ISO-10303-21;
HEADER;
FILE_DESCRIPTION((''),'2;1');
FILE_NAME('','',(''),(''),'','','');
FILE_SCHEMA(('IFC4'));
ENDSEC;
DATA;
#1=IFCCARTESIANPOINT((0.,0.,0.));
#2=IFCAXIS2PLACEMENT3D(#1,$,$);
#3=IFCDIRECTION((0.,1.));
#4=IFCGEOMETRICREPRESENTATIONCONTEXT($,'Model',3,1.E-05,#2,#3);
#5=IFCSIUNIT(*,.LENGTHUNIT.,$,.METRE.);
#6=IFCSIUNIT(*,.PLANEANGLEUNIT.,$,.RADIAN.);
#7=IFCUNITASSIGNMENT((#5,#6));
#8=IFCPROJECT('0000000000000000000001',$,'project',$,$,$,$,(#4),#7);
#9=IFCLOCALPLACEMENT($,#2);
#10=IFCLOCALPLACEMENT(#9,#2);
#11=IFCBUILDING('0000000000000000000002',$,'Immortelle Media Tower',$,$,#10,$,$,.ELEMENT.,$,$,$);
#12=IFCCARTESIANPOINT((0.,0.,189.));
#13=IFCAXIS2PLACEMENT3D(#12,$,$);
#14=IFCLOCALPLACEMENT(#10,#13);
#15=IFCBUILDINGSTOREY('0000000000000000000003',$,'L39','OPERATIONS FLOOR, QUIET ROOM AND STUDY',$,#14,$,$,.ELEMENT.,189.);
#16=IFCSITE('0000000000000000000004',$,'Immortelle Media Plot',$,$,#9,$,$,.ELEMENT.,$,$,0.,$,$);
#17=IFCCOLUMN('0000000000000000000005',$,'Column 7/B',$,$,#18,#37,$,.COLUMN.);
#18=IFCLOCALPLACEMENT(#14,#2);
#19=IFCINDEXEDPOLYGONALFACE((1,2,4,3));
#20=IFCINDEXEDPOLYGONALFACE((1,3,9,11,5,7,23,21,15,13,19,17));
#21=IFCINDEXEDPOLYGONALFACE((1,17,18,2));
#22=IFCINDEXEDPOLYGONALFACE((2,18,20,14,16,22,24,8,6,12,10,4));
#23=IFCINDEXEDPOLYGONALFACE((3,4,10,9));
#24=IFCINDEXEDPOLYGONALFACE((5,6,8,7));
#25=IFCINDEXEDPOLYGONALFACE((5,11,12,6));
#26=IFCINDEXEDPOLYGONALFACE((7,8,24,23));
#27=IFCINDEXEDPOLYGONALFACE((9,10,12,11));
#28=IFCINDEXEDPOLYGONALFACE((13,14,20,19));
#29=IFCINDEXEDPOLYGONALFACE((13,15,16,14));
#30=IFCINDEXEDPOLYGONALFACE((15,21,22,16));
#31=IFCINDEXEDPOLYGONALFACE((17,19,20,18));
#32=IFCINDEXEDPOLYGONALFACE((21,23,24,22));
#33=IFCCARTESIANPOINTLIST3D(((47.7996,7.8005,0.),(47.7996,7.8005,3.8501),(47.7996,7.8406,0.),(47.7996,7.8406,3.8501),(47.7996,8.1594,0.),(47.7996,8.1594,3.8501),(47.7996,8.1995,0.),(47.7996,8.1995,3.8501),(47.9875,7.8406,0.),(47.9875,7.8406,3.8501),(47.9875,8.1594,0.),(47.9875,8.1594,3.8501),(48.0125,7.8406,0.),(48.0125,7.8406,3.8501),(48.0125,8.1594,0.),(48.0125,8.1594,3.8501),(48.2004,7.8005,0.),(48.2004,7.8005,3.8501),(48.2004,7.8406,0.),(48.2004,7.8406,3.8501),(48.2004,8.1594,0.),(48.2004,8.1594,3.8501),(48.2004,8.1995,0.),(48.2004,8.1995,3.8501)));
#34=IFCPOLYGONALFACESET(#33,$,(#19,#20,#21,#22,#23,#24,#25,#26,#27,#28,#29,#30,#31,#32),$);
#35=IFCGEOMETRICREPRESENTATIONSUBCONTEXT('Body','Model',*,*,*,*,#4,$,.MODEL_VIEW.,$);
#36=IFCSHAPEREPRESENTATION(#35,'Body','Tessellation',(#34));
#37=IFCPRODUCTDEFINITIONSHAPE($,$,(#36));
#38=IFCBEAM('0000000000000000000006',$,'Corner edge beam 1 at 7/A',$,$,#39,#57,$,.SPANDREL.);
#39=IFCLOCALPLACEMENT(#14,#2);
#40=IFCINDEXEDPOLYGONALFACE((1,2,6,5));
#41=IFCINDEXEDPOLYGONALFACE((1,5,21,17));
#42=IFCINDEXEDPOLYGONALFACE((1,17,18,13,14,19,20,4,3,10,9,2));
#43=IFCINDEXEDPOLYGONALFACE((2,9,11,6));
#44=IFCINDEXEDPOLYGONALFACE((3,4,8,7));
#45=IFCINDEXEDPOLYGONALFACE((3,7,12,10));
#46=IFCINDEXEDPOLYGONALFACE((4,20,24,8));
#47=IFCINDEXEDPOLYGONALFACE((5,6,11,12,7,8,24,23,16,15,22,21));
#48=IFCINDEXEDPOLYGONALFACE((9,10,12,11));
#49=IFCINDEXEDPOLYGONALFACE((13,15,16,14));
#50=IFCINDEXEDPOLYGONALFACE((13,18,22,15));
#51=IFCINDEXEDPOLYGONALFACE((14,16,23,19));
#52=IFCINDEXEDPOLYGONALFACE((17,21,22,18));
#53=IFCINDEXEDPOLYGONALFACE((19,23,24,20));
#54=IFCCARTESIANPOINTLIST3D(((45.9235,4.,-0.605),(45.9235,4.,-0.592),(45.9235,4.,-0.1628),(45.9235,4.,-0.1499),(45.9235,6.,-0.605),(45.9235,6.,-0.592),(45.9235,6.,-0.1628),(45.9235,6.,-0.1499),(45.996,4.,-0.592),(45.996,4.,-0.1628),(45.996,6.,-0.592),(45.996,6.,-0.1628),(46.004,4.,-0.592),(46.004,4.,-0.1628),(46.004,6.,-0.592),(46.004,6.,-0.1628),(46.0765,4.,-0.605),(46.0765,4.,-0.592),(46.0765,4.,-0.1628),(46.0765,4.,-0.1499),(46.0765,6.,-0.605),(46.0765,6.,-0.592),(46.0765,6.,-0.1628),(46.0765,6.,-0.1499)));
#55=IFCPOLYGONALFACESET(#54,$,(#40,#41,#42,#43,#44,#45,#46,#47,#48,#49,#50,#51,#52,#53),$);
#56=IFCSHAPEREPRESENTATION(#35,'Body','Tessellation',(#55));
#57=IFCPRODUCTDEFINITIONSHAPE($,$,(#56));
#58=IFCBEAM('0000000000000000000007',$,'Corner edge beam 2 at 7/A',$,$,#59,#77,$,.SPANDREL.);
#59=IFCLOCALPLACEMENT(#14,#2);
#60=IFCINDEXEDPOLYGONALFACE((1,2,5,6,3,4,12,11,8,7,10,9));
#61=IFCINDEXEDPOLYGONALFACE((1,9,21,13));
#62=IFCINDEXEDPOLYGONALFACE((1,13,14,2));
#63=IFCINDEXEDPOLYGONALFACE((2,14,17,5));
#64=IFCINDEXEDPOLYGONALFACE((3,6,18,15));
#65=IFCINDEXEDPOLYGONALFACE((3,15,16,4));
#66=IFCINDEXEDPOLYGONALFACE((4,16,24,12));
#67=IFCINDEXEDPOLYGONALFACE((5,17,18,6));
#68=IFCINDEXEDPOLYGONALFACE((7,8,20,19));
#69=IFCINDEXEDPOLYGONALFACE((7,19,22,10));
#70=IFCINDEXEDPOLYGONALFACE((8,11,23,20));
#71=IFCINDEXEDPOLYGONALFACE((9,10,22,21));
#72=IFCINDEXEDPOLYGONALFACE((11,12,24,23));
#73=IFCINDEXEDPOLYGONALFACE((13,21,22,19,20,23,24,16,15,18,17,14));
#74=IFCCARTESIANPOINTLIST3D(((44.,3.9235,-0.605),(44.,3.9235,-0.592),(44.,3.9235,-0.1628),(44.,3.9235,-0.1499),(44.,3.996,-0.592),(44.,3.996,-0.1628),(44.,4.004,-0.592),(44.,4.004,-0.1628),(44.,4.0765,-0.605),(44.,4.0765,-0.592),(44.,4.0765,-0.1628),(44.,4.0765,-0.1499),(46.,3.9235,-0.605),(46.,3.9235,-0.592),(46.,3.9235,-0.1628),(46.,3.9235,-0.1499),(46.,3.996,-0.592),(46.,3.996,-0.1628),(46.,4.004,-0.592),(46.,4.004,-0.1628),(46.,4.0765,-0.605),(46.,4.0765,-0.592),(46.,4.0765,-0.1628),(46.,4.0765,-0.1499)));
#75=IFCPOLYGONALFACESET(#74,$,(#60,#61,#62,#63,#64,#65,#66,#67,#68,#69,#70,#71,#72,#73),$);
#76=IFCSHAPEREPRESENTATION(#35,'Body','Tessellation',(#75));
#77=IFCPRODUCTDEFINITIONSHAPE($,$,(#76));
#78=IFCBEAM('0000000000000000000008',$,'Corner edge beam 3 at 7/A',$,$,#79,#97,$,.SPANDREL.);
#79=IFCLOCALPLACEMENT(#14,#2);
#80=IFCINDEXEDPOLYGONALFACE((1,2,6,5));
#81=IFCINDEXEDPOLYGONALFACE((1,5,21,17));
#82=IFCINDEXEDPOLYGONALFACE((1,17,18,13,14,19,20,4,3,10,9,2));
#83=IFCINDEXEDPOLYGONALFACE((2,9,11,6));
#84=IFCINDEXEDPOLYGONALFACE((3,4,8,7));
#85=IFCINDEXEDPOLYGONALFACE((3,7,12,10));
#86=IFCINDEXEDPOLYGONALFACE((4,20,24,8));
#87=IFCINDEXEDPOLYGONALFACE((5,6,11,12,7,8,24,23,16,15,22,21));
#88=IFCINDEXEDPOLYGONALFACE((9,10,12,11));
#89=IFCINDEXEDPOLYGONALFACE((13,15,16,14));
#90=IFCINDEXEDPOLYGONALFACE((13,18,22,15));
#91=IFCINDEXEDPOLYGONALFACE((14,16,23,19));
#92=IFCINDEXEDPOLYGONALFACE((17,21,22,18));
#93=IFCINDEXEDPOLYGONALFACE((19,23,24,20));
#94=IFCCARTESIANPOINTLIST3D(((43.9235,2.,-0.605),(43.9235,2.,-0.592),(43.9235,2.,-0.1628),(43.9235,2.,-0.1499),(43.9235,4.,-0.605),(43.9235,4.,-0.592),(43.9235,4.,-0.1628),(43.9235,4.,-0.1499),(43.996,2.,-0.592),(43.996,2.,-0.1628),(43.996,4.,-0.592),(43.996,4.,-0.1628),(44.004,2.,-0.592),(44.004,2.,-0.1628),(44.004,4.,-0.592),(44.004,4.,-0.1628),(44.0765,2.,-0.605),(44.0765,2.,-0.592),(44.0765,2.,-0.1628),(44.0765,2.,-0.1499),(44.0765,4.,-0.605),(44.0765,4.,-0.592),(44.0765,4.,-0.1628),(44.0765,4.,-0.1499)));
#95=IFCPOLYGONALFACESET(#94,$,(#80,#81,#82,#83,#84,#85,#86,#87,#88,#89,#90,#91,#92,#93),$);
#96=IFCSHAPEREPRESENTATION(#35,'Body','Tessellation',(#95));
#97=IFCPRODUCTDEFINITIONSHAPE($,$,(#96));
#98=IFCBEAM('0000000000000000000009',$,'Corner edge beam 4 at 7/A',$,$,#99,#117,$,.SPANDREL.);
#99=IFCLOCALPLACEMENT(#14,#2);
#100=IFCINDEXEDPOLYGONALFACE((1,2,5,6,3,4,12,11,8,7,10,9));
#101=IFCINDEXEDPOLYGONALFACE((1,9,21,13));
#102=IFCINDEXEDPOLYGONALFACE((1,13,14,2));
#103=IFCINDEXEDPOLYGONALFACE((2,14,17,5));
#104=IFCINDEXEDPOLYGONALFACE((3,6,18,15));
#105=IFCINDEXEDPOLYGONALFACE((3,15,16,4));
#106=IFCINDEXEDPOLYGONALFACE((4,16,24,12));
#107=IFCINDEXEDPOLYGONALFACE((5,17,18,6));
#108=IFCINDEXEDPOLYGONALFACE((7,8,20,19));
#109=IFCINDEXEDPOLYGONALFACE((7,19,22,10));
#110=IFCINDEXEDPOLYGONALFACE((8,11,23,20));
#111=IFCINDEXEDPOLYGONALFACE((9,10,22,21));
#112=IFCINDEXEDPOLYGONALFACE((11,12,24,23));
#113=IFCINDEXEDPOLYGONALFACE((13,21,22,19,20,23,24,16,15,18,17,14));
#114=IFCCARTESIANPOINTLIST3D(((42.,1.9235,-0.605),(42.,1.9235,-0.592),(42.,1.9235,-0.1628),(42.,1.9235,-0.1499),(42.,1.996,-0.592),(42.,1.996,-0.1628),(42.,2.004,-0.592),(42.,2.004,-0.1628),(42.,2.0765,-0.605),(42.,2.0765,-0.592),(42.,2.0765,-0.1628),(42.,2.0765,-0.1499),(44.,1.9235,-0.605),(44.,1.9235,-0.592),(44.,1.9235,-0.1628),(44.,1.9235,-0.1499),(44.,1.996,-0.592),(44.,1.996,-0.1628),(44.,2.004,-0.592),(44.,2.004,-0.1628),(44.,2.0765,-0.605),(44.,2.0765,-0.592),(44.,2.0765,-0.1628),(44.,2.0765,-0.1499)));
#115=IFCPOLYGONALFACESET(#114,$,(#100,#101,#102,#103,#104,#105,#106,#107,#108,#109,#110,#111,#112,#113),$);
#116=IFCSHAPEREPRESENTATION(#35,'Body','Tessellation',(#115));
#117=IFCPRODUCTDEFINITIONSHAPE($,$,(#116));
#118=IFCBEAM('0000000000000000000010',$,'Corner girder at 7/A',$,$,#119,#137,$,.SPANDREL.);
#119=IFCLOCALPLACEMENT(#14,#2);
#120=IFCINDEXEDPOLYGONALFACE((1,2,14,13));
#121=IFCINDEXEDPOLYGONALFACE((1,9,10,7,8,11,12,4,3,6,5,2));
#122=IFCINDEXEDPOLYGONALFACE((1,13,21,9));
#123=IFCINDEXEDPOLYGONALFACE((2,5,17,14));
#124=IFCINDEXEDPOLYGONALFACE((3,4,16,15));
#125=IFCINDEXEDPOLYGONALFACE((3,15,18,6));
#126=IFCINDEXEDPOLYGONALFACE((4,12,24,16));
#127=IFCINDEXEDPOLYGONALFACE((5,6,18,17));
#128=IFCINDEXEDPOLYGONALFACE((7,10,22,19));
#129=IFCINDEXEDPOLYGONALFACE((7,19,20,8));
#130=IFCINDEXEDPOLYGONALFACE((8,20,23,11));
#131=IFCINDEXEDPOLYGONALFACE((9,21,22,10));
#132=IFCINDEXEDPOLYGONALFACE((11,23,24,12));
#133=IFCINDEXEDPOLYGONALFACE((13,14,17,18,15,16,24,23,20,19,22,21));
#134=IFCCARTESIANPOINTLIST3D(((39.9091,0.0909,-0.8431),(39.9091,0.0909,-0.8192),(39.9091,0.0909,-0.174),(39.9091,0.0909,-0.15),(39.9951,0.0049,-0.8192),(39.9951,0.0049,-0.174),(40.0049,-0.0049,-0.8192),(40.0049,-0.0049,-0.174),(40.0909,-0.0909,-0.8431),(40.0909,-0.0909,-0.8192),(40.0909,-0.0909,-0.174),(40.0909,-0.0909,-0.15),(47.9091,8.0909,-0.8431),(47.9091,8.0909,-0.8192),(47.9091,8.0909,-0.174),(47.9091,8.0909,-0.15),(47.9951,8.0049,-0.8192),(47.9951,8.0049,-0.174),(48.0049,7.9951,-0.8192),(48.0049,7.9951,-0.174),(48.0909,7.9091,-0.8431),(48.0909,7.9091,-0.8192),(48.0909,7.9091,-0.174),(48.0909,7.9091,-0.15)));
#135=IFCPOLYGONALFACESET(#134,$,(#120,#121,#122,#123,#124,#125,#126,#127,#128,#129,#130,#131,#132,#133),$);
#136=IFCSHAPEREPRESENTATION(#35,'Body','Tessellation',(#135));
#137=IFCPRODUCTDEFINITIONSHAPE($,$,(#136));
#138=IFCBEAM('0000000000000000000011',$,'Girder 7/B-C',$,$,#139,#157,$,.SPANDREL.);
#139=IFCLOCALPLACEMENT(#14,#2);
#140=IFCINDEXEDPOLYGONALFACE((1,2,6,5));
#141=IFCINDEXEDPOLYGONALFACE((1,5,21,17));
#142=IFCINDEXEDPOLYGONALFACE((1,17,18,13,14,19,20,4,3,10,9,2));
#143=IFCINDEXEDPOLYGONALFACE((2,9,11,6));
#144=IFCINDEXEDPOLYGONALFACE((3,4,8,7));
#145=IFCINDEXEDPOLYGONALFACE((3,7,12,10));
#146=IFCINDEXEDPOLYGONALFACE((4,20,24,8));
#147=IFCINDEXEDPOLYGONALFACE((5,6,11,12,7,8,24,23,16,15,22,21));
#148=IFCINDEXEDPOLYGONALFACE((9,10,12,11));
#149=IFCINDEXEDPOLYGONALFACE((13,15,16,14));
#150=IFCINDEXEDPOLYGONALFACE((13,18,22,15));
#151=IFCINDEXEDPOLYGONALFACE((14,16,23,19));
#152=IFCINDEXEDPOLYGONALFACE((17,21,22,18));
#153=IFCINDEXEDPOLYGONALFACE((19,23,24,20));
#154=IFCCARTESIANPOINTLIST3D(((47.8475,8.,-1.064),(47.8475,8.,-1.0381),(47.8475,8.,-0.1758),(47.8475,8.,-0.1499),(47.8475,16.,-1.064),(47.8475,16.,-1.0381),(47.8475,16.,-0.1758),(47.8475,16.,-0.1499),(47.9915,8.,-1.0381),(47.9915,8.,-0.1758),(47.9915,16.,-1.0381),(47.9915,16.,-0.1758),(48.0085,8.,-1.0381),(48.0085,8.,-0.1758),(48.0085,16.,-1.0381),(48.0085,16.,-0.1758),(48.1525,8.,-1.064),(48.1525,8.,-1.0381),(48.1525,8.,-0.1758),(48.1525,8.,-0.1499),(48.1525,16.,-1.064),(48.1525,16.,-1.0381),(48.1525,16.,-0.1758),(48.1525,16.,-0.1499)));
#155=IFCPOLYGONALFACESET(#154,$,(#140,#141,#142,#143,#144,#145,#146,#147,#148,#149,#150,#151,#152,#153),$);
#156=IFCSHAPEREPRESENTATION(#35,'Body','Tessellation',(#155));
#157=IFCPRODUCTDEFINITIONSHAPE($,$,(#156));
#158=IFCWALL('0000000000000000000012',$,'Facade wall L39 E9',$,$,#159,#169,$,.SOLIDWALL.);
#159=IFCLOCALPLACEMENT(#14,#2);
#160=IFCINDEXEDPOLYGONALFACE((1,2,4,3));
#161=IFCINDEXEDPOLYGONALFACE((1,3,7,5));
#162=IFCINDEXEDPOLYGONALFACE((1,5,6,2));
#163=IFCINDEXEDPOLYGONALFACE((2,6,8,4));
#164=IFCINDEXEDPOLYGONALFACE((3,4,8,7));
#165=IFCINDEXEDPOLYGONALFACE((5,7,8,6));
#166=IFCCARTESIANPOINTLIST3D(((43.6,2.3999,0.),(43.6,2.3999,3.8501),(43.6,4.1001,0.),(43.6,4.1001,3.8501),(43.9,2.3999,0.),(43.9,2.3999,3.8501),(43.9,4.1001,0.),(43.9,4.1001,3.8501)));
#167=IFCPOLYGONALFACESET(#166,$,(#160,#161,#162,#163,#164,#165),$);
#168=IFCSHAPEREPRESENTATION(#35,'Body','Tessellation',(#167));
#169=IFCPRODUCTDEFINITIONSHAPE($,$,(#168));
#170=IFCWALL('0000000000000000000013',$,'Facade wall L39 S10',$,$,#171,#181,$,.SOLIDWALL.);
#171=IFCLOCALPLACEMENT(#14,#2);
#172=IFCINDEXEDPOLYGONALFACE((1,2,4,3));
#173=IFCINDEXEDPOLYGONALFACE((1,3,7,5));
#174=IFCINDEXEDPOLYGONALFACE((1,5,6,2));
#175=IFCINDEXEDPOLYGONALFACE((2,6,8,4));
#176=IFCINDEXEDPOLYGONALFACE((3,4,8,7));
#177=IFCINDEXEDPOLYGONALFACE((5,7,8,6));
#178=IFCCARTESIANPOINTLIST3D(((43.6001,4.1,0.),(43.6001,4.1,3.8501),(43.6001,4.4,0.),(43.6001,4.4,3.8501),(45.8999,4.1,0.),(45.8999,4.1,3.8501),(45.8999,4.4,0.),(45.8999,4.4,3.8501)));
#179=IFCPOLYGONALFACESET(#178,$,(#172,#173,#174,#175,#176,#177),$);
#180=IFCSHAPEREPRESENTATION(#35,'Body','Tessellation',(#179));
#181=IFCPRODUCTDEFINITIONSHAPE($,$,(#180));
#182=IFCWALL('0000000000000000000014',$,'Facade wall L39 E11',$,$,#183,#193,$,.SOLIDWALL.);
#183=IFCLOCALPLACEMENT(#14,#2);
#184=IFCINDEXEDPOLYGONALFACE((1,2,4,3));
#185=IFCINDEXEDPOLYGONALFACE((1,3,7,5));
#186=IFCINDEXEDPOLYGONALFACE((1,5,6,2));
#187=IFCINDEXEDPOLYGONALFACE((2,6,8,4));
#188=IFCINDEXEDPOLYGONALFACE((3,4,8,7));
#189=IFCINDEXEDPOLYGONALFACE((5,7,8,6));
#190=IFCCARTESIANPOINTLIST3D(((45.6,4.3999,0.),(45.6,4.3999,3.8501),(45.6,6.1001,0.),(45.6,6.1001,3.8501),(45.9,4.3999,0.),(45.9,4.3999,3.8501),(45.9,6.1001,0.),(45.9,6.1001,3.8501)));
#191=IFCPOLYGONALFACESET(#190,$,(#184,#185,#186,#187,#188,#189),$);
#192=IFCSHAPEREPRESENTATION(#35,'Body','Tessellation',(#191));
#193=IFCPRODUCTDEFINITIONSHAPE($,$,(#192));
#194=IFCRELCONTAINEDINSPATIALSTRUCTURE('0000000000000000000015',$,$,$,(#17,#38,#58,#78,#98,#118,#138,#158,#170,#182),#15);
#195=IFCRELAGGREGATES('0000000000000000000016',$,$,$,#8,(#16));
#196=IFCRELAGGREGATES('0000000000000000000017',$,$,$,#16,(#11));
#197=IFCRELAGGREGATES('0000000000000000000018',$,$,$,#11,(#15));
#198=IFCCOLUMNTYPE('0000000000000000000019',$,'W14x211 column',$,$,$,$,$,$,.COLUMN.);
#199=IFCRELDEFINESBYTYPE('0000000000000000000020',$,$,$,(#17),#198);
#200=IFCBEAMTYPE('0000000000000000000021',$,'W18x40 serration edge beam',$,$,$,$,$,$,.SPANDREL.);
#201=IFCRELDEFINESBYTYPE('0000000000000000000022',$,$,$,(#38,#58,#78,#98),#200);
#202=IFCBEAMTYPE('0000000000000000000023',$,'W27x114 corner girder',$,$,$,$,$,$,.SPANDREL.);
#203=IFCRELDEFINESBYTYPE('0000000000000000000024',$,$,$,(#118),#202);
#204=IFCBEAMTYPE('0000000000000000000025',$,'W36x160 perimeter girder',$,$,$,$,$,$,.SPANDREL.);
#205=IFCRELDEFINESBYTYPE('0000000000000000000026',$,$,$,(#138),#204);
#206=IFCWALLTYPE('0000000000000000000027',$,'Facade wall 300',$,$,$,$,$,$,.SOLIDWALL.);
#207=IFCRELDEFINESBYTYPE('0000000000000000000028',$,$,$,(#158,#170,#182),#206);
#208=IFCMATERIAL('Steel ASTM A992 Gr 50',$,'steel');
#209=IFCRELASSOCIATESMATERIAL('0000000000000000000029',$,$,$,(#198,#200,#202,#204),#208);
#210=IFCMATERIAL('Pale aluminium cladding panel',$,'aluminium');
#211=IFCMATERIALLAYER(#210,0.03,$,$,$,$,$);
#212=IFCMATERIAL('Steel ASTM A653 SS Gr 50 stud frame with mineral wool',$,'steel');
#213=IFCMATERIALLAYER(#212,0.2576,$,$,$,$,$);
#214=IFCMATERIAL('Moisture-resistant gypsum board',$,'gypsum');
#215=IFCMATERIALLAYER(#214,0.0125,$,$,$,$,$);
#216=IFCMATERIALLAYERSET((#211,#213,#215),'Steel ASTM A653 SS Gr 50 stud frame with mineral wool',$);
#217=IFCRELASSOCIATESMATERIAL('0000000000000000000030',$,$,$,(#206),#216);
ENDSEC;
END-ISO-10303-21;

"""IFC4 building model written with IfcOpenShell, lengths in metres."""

from ifc_helpers import new_model, si_unit, direction, frame, frame_2d, origin, origin_2d, place, context, subcontext, project, spatial, rectangle, i_section, extrude, material, layer, layer_set, material_profile, profile_set, type_object, element, save


model = new_model("IFC4")

# Units and contexts
model_context = context("Model", 3, precision=1e-05, world=origin(), true_north=direction((0.0, 1.0)))
body_context = subcontext(model_context, "Body", "Model", "MODEL_VIEW")
ifc_project = project(units=[si_unit("LENGTHUNIT", "METRE"), si_unit("PLANEANGLEUNIT", "RADIAN")], contexts=[model_context])

# Site, building, storey
site_placement = place(None, origin())
site = spatial("IfcSite", under=ifc_project, at=site_placement, Name="Immortelle Media Plot", CompositionType="ELEMENT", RefElevation=0.0)
building_placement = place(site_placement, origin())
building = spatial("IfcBuilding", under=site, at=building_placement, Name="Immortelle Media Tower", CompositionType="ELEMENT")
storey_placement = place(building_placement, frame((0.0, 0.0, 189.0)))
storey = spatial("IfcBuildingStorey", under=building, at=storey_placement, Name="L39", Description="OPERATIONS FLOOR, QUIET ROOM AND STUDY", CompositionType="ELEMENT", Elevation=189.0)

# Column
ifc_material_1 = material(Name="Steel ASTM A992 Gr 50", Category="steel")
ifc_material_profile_1 = material_profile(ifc_material_1, i_section(OverallWidth=0.4009, OverallDepth=0.3989, WebThickness=0.0249, FlangeThickness=0.04, at=origin_2d()), Name="W14x211")
ifc_profile_set_1 = profile_set([ifc_material_profile_1], Name="Steel ASTM A992 Gr 50")
column_type = type_object("IfcColumnType", Name="W14x211 column", PredefinedType="COLUMN", material=ifc_profile_set_1)
column_placement = place(storey_placement, frame((48.0, 8.0, 0.0), z_axis=(0.0, 0.0, 1.0), x_axis=(1.0, 0.0, 0.0)))
element("IfcColumn", 1, at=column_placement, inside=storey, type_object=column_type, Name="Column 7/B", PredefinedType="COLUMN", context=body_context, shape_type="SweptSolid", body=[
    extrude(i_section(OverallWidth=0.4009, OverallDepth=0.3989, WebThickness=0.0249, FlangeThickness=0.04, at=origin_2d()), origin(), (0.0, 0.0, 1.0), 3.8501),
])

# Beams
ifc_material_profile_2 = material_profile(ifc_material_1, i_section(OverallWidth=0.1531, OverallDepth=0.4551, WebThickness=0.0081, FlangeThickness=0.0129, at=origin_2d()), Name="W18x40")
ifc_profile_set_2 = profile_set([ifc_material_profile_2], Name="Steel ASTM A992 Gr 50")
beam_type_1 = type_object("IfcBeamType", Name="W18x40 serration edge beam", PredefinedType="SPANDREL", material=ifc_profile_set_2)
for number, where, z_axis, x_axis, name in (
    (2, (46.0, 6.0, -0.3774), (0.0, -1.0, 0.0), (1.0, 0.0, 0.0), "Corner edge beam 1 at 7/A"),
    (3, (46.0, 4.0, -0.3774), (-1.0, 0.0, 0.0), (0.0, -1.0, 0.0), "Corner edge beam 2 at 7/A"),
    (4, (44.0, 4.0, -0.3774), (0.0, -1.0, 0.0), (1.0, 0.0, 0.0), "Corner edge beam 3 at 7/A"),
    (5, (44.0, 2.0, -0.3774), (-1.0, 0.0, 0.0), (0.0, -1.0, 0.0), "Corner edge beam 4 at 7/A"),
):
    element("IfcBeam", number, at=place(storey_placement, frame(where, z_axis=z_axis, x_axis=x_axis)), inside=storey, type_object=beam_type_1, Name=name, PredefinedType="SPANDREL", context=body_context, shape_type="SweptSolid", body=[
        extrude(i_section(OverallWidth=0.1531, OverallDepth=0.4551, WebThickness=0.0081, FlangeThickness=0.0129, at=origin_2d()), origin(), (0.0, 0.0, 1.0), 2.0),
    ])
ifc_material_profile_3 = material_profile(ifc_material_1, i_section(OverallWidth=0.2571, OverallDepth=0.6931, WebThickness=0.0139, FlangeThickness=0.0239, at=origin_2d()), Name="W27x114")
ifc_profile_set_3 = profile_set([ifc_material_profile_3], Name="Steel ASTM A992 Gr 50")
beam_type_2 = type_object("IfcBeamType", Name="W27x114 corner girder", PredefinedType="SPANDREL", material=ifc_profile_set_3)
beam_1_placement = place(storey_placement, frame((48.0, 8.0, -0.4966), z_axis=(-0.707107, -0.707107, 0.0), x_axis=(0.707107, -0.707107, 0.0)))
element("IfcBeam", 6, at=beam_1_placement, inside=storey, type_object=beam_type_2, Name="Corner girder at 7/A", PredefinedType="SPANDREL", context=body_context, shape_type="SweptSolid", body=[
    extrude(i_section(OverallWidth=0.2571, OverallDepth=0.6931, WebThickness=0.0139, FlangeThickness=0.0239, at=origin_2d()), origin(), (0.0, 0.0, 1.0), 11.3137),
])
ifc_material_profile_4 = material_profile(ifc_material_1, i_section(OverallWidth=0.3049, OverallDepth=0.9141, WebThickness=0.0171, FlangeThickness=0.0259, at=origin_2d()), Name="W36x160")
ifc_profile_set_4 = profile_set([ifc_material_profile_4], Name="Steel ASTM A992 Gr 50")
beam_type_3 = type_object("IfcBeamType", Name="W36x160 perimeter girder", PredefinedType="SPANDREL", material=ifc_profile_set_4)
beam_2_placement = place(storey_placement, frame((48.0, 8.0, -0.6069), z_axis=(0.0, 1.0, 0.0), x_axis=(-1.0, 0.0, 0.0)))
element("IfcBeam", 7, at=beam_2_placement, inside=storey, type_object=beam_type_3, Name="Girder 7/B-C", PredefinedType="SPANDREL", context=body_context, shape_type="SweptSolid", body=[
    extrude(i_section(OverallWidth=0.3049, OverallDepth=0.9141, WebThickness=0.0171, FlangeThickness=0.0259, at=origin_2d()), origin(), (0.0, 0.0, 1.0), 8.0),
])

# Walls
ifc_material_2 = material(Name="Pale aluminium cladding panel", Category="aluminium")
ifc_layer_1 = layer(ifc_material_2, 0.03)
ifc_material_3 = material(Name="Steel ASTM A653 SS Gr 50 stud frame with mineral wool", Category="steel")
ifc_layer_2 = layer(ifc_material_3, 0.2576)
ifc_material_4 = material(Name="Moisture-resistant gypsum board", Category="gypsum")
ifc_layer_3 = layer(ifc_material_4, 0.0125)
ifc_layer_set_1 = layer_set([ifc_layer_1, ifc_layer_2, ifc_layer_3], Name="Steel ASTM A653 SS Gr 50 stud frame with mineral wool")
wall_type_1 = type_object("IfcWallType", Name="Facade wall 300", PredefinedType="SOLIDWALL", material=ifc_layer_set_1)
wall_1_placement = place(storey_placement, frame((43.75, 2.3999, 0.0), z_axis=(0.0, 0.0, 1.0), x_axis=(0.0, 1.0, 0.0)))
element("IfcWall", 8, at=wall_1_placement, inside=storey, type_object=wall_type_1, Name="Facade wall L39 E9", PredefinedType="SOLIDWALL", context=body_context, shape_type="SweptSolid", body=[
    extrude(rectangle(XDim=1.7002, YDim=0.3, at=frame_2d((0.8501, 0.0))), origin(), (0.0, 0.0, 1.0), 3.8501),
])
wall_2_placement = place(storey_placement, frame((43.6001, 4.25, 0.0), z_axis=(0.0, 0.0, 1.0), x_axis=(1.0, 0.0, 0.0)))
element("IfcWall", 9, at=wall_2_placement, inside=storey, type_object=wall_type_1, Name="Facade wall L39 S10", PredefinedType="SOLIDWALL", context=body_context, shape_type="SweptSolid", body=[
    extrude(rectangle(XDim=2.2998, YDim=0.3, at=frame_2d((1.1499, 0.0))), origin(), (0.0, 0.0, 1.0), 3.8501),
])
wall_3_placement = place(storey_placement, frame((45.75, 4.3999, 0.0), z_axis=(0.0, 0.0, 1.0), x_axis=(0.0, 1.0, 0.0)))
element("IfcWall", 10, at=wall_3_placement, inside=storey, type_object=wall_type_1, Name="Facade wall L39 E11", PredefinedType="SOLIDWALL", context=body_context, shape_type="SweptSolid", body=[
    extrude(rectangle(XDim=1.7002, YDim=0.3, at=frame_2d((0.8501, 0.0))), origin(), (0.0, 0.0, 1.0), 3.8501),
])

save(model, "model.ifc")
